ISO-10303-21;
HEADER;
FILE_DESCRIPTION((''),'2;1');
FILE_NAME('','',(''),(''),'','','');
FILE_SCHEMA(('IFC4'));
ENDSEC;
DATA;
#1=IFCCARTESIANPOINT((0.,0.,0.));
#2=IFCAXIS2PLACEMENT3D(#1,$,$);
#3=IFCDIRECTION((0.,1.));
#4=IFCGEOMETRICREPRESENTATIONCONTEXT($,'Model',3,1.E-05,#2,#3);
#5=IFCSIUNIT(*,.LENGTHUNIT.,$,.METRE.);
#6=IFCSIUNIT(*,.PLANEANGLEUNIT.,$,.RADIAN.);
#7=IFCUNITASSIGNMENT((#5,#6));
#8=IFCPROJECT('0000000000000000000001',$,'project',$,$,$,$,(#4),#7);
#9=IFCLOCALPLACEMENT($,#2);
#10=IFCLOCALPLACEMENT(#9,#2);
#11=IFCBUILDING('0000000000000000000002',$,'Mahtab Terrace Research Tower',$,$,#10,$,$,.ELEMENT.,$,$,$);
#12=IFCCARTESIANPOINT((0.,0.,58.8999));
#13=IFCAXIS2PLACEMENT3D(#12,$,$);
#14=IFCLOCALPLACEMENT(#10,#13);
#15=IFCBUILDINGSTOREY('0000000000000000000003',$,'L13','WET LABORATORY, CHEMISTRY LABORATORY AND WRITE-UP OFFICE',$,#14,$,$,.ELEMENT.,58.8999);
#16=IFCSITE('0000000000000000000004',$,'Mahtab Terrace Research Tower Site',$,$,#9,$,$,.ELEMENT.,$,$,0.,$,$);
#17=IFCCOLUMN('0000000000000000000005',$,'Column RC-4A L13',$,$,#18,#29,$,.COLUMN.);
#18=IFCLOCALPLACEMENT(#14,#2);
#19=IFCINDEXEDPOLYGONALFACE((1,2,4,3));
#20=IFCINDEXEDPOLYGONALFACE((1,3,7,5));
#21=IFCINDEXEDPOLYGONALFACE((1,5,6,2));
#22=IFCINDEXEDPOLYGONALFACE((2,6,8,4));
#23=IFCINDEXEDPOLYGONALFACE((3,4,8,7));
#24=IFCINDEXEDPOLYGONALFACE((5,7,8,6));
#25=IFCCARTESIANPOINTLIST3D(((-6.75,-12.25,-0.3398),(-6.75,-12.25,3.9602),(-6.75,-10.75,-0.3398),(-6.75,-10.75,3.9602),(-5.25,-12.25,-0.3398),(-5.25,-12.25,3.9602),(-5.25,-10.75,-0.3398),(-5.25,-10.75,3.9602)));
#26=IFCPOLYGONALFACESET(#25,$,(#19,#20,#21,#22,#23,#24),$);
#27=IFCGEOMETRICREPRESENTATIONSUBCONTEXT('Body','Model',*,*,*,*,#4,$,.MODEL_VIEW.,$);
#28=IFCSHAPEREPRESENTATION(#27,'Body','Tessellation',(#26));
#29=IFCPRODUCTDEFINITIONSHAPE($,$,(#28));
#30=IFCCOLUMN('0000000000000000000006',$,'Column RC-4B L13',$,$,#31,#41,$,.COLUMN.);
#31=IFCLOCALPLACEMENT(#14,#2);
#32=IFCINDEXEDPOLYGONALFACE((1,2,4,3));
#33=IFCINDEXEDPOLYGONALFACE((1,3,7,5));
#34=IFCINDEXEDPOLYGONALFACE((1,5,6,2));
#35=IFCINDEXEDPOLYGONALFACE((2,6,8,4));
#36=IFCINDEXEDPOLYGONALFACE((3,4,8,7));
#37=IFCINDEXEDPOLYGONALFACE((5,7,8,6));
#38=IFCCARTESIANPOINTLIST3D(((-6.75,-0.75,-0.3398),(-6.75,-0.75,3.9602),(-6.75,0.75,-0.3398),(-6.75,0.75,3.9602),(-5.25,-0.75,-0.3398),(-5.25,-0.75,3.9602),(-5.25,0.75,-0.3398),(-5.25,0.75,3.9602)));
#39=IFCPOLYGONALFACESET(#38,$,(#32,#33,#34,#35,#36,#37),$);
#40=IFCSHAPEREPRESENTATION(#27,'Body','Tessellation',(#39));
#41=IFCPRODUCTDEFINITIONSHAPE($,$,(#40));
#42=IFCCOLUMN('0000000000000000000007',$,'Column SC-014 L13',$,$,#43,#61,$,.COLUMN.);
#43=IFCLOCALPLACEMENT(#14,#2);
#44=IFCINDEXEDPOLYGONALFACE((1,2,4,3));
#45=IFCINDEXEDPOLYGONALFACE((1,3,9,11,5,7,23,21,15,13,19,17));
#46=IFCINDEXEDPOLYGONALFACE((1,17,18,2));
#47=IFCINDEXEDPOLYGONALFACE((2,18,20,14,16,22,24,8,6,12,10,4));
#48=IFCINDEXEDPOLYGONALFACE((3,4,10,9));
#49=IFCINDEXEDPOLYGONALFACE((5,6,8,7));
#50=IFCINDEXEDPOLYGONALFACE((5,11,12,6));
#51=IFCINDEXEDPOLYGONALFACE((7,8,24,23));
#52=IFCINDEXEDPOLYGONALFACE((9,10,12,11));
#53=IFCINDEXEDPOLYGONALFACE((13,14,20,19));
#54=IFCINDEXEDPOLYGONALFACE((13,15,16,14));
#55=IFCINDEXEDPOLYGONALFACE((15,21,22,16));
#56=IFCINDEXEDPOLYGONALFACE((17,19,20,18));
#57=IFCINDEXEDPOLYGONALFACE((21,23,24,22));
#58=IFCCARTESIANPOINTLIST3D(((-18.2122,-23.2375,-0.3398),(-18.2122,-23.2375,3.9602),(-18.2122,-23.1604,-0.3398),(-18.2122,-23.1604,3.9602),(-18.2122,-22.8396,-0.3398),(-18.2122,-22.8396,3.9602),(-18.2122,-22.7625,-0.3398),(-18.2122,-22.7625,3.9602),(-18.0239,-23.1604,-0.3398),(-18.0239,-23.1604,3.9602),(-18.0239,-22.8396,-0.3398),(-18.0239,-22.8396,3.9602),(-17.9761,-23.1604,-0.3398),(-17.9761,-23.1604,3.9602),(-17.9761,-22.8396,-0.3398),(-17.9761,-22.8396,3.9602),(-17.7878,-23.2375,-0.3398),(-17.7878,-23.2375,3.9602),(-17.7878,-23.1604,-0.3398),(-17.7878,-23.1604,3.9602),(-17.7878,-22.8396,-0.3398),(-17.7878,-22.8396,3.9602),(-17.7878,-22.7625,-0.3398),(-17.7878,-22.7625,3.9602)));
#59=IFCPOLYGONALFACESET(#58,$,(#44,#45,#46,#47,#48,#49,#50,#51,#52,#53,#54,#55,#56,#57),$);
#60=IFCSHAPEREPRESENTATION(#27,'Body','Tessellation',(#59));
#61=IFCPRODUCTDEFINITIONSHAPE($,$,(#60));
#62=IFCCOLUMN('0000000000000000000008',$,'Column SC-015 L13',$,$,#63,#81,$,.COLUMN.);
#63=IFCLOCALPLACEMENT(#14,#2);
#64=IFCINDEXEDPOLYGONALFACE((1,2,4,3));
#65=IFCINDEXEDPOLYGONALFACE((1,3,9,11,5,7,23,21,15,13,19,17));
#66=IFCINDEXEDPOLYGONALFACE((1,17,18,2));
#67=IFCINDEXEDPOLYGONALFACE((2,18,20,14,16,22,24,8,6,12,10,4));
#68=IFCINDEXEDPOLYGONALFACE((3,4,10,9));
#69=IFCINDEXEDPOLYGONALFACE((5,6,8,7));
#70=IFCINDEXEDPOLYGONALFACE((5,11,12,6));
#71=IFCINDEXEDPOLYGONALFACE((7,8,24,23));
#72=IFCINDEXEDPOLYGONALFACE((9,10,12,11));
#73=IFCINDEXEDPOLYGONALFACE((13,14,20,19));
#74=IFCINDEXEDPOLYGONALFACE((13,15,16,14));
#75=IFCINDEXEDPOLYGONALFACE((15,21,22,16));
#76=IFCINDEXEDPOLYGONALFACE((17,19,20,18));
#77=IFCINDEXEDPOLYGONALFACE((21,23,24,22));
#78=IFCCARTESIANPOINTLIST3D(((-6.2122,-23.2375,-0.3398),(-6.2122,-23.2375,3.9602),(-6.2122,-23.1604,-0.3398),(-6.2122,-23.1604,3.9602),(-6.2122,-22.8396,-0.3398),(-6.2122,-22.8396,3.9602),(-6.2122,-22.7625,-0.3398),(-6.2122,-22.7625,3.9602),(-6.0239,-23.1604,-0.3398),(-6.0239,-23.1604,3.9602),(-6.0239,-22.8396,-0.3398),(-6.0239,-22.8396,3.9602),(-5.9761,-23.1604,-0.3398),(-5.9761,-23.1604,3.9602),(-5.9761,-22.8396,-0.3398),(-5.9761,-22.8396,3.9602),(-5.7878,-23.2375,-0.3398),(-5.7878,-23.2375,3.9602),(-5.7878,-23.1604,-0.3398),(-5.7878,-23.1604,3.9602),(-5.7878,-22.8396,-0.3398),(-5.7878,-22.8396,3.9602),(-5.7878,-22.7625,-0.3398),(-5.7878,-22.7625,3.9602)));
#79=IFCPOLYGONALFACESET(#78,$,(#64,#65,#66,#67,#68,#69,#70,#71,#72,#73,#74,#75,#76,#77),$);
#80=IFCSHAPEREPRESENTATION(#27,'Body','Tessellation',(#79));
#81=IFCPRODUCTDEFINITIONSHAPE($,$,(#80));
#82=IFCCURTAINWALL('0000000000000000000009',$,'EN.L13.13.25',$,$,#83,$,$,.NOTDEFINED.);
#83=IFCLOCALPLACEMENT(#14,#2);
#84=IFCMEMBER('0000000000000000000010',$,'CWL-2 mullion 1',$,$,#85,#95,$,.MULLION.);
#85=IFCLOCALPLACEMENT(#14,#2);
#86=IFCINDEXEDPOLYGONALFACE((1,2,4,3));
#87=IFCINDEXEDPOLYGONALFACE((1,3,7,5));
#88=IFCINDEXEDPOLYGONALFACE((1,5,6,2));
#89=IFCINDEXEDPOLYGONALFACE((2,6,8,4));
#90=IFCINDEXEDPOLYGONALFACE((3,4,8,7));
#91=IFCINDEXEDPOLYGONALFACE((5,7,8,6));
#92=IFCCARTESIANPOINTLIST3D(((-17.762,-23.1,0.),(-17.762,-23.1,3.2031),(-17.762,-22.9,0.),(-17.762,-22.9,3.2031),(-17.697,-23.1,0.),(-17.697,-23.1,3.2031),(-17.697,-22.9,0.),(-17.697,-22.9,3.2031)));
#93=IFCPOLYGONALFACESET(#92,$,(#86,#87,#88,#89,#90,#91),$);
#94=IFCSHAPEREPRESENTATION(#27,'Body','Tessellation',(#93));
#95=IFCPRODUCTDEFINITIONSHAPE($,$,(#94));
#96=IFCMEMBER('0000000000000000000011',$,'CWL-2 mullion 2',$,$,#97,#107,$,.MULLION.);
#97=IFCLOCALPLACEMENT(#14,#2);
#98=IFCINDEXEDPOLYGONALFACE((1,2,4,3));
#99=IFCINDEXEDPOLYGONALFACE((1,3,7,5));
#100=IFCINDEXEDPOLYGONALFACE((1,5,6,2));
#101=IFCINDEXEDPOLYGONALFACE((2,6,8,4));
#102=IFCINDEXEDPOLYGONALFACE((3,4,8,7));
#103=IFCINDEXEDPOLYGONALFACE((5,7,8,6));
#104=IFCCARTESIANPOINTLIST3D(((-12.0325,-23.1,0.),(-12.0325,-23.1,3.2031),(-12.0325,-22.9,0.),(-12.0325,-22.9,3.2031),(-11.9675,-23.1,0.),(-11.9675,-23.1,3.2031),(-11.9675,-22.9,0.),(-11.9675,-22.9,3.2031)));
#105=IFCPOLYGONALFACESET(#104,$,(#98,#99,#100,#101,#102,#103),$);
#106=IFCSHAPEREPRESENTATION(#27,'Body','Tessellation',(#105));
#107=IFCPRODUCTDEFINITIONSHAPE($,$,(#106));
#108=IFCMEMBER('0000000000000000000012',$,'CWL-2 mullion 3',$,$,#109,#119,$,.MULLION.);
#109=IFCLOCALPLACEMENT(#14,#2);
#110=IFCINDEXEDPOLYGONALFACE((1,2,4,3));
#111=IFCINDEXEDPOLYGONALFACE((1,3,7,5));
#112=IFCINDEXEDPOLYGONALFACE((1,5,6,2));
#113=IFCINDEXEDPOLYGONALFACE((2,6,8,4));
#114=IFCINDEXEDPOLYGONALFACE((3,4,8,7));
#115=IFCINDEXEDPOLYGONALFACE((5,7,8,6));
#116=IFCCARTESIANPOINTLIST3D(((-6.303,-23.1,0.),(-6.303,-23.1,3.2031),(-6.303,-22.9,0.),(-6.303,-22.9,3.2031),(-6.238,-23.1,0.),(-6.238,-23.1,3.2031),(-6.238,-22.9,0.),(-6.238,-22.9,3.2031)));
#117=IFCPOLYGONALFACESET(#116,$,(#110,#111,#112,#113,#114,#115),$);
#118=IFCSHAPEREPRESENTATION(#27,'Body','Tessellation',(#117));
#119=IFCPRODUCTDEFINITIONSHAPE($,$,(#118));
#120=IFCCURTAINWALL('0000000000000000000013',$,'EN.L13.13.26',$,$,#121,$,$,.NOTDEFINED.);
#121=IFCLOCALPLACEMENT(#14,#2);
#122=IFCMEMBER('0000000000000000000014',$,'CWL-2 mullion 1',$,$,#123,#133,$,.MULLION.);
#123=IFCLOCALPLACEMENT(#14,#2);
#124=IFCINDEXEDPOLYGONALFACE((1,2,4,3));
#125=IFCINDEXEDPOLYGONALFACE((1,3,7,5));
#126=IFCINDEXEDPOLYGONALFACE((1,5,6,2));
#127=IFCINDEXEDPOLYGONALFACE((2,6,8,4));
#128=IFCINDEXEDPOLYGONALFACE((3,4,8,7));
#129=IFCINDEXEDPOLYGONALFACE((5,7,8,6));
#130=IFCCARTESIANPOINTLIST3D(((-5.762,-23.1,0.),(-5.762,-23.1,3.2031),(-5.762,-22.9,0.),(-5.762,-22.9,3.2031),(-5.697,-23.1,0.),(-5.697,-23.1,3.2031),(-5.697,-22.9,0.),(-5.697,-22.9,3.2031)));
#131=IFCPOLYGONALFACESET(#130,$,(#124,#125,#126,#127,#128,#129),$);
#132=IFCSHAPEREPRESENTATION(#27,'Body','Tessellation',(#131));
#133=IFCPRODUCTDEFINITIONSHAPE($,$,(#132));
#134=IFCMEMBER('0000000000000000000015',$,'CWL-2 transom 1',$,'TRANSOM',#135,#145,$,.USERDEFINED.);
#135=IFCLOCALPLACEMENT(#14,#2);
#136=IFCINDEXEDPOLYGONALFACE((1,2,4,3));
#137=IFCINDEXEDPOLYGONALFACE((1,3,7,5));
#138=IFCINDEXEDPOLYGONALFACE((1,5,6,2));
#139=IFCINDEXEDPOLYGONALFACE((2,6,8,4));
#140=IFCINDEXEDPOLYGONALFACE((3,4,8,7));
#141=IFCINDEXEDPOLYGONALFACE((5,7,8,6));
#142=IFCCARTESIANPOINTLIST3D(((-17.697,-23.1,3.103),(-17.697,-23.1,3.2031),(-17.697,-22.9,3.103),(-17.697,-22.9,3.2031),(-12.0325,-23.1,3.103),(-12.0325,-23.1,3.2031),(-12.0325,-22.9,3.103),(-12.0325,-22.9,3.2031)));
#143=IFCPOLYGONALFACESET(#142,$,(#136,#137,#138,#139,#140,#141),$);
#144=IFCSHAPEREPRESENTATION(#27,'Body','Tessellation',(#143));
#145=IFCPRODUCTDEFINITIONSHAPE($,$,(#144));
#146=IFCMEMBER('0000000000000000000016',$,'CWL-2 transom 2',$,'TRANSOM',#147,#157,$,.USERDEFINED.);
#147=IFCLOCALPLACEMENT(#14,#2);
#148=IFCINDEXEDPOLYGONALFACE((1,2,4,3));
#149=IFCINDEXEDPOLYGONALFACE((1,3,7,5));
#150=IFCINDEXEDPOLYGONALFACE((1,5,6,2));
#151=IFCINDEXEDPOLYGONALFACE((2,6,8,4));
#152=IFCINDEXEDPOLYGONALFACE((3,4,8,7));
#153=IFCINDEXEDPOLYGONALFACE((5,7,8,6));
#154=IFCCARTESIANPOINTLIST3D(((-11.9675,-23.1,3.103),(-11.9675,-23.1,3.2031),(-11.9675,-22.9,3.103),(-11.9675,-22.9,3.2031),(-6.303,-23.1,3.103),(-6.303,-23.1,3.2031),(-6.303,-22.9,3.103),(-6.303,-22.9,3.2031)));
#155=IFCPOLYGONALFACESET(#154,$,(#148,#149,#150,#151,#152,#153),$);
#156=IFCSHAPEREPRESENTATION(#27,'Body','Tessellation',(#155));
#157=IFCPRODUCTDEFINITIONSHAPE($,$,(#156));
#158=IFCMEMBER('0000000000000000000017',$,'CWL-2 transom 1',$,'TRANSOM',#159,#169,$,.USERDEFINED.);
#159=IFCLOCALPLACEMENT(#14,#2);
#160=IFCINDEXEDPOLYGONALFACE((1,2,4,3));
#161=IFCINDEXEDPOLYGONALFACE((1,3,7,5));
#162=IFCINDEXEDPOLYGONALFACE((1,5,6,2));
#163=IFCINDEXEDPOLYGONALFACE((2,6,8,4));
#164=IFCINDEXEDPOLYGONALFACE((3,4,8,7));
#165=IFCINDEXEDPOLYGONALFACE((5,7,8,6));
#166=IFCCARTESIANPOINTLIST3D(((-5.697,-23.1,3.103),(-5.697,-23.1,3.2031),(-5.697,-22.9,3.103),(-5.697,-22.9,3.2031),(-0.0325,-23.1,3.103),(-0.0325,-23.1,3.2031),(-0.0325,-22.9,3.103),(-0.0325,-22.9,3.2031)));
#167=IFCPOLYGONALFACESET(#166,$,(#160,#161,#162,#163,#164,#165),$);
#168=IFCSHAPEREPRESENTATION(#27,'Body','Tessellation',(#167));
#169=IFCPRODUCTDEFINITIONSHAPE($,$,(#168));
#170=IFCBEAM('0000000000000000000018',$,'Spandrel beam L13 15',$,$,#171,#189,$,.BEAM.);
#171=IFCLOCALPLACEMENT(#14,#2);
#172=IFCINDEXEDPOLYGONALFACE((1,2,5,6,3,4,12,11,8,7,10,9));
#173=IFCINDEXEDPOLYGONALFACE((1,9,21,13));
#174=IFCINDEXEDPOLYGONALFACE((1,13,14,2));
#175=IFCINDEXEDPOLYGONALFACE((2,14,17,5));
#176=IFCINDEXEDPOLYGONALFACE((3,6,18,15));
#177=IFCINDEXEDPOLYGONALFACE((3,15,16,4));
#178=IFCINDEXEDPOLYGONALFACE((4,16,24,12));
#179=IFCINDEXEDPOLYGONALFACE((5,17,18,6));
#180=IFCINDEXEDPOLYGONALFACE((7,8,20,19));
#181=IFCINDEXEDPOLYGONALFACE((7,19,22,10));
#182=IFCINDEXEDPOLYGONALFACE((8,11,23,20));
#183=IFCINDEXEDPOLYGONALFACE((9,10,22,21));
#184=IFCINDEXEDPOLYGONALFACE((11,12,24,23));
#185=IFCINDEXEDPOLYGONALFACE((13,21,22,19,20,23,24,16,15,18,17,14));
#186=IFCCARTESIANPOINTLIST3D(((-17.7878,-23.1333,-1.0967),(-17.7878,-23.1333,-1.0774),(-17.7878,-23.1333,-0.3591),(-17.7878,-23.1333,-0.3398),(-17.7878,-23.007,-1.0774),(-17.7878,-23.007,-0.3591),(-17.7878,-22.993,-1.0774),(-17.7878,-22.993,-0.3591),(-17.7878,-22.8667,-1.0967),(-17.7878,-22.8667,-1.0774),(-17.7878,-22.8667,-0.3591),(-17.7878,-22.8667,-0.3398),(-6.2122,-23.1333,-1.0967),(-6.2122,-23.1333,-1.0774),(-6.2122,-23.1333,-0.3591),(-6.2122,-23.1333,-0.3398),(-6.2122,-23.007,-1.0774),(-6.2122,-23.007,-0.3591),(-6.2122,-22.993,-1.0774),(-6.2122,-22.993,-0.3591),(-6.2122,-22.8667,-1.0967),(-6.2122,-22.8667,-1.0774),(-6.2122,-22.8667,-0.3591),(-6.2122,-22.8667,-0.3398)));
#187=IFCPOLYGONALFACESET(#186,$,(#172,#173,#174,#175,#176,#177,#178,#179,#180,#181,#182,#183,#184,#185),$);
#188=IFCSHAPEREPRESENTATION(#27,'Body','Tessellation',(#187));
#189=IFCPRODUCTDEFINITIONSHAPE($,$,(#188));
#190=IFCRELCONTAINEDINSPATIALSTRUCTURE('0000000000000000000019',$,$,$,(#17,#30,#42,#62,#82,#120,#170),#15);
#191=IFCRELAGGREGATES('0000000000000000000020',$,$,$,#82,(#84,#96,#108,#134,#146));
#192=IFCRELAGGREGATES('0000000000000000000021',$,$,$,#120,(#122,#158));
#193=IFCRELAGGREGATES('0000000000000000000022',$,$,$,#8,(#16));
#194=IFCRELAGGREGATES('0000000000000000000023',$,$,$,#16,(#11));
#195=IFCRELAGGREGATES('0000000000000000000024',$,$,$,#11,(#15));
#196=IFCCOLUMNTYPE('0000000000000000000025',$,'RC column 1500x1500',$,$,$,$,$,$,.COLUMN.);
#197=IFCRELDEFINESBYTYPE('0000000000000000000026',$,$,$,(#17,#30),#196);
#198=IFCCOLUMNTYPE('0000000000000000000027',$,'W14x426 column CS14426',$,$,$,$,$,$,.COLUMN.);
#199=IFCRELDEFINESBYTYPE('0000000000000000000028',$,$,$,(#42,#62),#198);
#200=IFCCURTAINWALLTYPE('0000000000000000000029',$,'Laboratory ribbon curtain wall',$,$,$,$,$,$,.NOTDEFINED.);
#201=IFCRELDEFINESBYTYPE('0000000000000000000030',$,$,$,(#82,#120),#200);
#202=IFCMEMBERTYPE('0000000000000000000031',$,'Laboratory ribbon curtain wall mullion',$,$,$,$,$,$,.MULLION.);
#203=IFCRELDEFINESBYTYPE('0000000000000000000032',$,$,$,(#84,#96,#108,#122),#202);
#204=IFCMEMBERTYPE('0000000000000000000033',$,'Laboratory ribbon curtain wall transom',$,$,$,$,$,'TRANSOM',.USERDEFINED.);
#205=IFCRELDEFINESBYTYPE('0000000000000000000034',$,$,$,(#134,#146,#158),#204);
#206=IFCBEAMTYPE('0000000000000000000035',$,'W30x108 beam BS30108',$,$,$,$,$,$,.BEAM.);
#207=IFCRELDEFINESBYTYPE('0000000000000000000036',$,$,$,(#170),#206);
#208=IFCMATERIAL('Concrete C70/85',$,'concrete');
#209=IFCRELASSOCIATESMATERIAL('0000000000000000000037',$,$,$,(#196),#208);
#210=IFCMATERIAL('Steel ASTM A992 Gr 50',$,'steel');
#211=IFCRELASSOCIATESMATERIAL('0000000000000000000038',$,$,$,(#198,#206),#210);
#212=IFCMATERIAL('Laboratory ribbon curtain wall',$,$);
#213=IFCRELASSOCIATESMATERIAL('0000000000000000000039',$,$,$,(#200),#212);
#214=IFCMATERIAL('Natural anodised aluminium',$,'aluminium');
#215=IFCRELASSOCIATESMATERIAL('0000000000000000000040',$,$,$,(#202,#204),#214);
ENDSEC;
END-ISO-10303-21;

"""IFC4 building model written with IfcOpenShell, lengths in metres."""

from ifc_helpers import new_model, si_unit, direction, frame, origin, origin_2d, place, context, subcontext, project, spatial, rectangle, i_section, extrude, material, material_profile, profile_set, type_object, element, aggregate, save


model = new_model("IFC4")

# Units and contexts
model_context = context("Model", 3, precision=1e-05, world=origin(), true_north=direction((0.0, 1.0)))
body_context = subcontext(model_context, "Body", "Model", "MODEL_VIEW")
ifc_project = project(units=[si_unit("LENGTHUNIT", "METRE"), si_unit("PLANEANGLEUNIT", "RADIAN")], contexts=[model_context])

# Site, building, storey
site_placement = place(None, origin())
site = spatial("IfcSite", under=ifc_project, at=site_placement, Name="Mahtab Terrace Research Tower Site", CompositionType="ELEMENT", RefElevation=0.0)
building_placement = place(site_placement, origin())
building = spatial("IfcBuilding", under=site, at=building_placement, Name="Mahtab Terrace Research Tower", CompositionType="ELEMENT")
storey_placement = place(building_placement, frame((0.0, 0.0, 58.8999)))
storey = spatial("IfcBuildingStorey", under=building, at=storey_placement, Name="L13", Description="WET LABORATORY, CHEMISTRY LABORATORY AND WRITE-UP OFFICE", CompositionType="ELEMENT", Elevation=58.8999)

# Columns
ifc_material_1 = material(Name="Concrete C70/85", Category="concrete")
ifc_material_profile_1 = material_profile(ifc_material_1, rectangle(XDim=1.5, YDim=1.5, at=origin_2d()), Name="RC column 1500x1500")
ifc_profile_set_1 = profile_set([ifc_material_profile_1], Name="Concrete C70/85")
column_type_1 = type_object("IfcColumnType", Name="RC column 1500x1500", PredefinedType="COLUMN", material=ifc_profile_set_1)
for number, where, z_axis, x_axis, name in (
    (1, (-6.0, -11.5, -0.3398), (0.0, 0.0, 1.0), (1.0, 0.0, 0.0), "Column RC-4A L13"),
    (2, (-6.0, 0.0, -0.3398), (0.0, 0.0, 1.0), (1.0, 0.0, 0.0), "Column RC-4B L13"),
):
    element("IfcColumn", number, at=place(storey_placement, frame(where, z_axis=z_axis, x_axis=x_axis)), inside=storey, type_object=column_type_1, Name=name, PredefinedType="COLUMN", context=body_context, shape_type="SweptSolid", body=[
        extrude(rectangle(XDim=1.5, YDim=1.5, at=origin_2d()), origin(), (0.0, 0.0, 1.0), 4.3),
    ])
ifc_material_2 = material(Name="Steel ASTM A992 Gr 50", Category="steel")
ifc_material_profile_2 = material_profile(ifc_material_2, i_section(OverallWidth=0.4243, OverallDepth=0.4751, WebThickness=0.0479, FlangeThickness=0.0771, at=origin_2d()), Name="W14X426")
ifc_profile_set_2 = profile_set([ifc_material_profile_2], Name="Steel ASTM A992 Gr 50")
column_type_2 = type_object("IfcColumnType", Name="W14x426 column CS14426", PredefinedType="COLUMN", material=ifc_profile_set_2)
for number, where, z_axis, x_axis, name in (
    (3, (-18.0, -23.0, -0.3398), (0.0, 0.0, 1.0), (1.0, 0.0, 0.0), "Column SC-014 L13"),
    (4, (-6.0, -23.0, -0.3398), (0.0, 0.0, 1.0), (1.0, 0.0, 0.0), "Column SC-015 L13"),
):
    element("IfcColumn", number, at=place(storey_placement, frame(where, z_axis=z_axis, x_axis=x_axis)), inside=storey, type_object=column_type_2, Name=name, PredefinedType="COLUMN", context=body_context, shape_type="SweptSolid", body=[
        extrude(i_section(OverallWidth=0.4243, OverallDepth=0.4751, WebThickness=0.0479, FlangeThickness=0.0771, at=origin_2d()), origin(), (0.0, 0.0, 1.0), 4.3),
    ])

# Curtain wall, members
ifc_material_3 = material(Name="Laboratory ribbon curtain wall")
curtain_wall_type = type_object("IfcCurtainWallType", Name="Laboratory ribbon curtain wall", PredefinedType="NOTDEFINED", material=ifc_material_3)
curtain_wall_1_placement = place(storey_placement, origin())
curtain_wall_1 = element("IfcCurtainWall", 5, at=curtain_wall_1_placement, inside=storey, type_object=curtain_wall_type, Name="EN.L13.13.25", PredefinedType="NOTDEFINED")
ifc_material_4 = material(Name="Natural anodised aluminium", Category="aluminium")
ifc_material_profile_3 = material_profile(ifc_material_4, rectangle(XDim=0.2, YDim=0.0649, at=origin_2d()), Name="MULLION 65x200")
ifc_profile_set_3 = profile_set([ifc_material_profile_3], Name="Natural anodised aluminium")
member_type_1 = type_object("IfcMemberType", Name="Laboratory ribbon curtain wall mullion", PredefinedType="MULLION", material=ifc_profile_set_3)
member_1_placement = place(storey_placement, frame((-17.7295, -23.0, 0.0), z_axis=(0.0, 0.0, 1.0), x_axis=(0.0, 1.0, 0.0)))
member_1 = element("IfcMember", 6, at=member_1_placement, type_object=member_type_1, Name="CWL-2 mullion 1", PredefinedType="MULLION", context=body_context, shape_type="SweptSolid", body=[
    extrude(rectangle(XDim=0.2, YDim=0.0649, at=origin_2d()), origin(), (0.0, 0.0, 1.0), 3.2031),
])
member_2_placement = place(storey_placement, frame((-12.0, -23.0, 0.0), z_axis=(0.0, 0.0, 1.0), x_axis=(0.0, 1.0, 0.0)))
member_2 = element("IfcMember", 7, at=member_2_placement, type_object=member_type_1, Name="CWL-2 mullion 2", PredefinedType="MULLION", context=body_context, shape_type="SweptSolid", body=[
    extrude(rectangle(XDim=0.2, YDim=0.0649, at=origin_2d()), origin(), (0.0, 0.0, 1.0), 3.2031),
])
member_3_placement = place(storey_placement, frame((-6.2705, -23.0, 0.0), z_axis=(0.0, 0.0, 1.0), x_axis=(0.0, 1.0, 0.0)))
member_3 = element("IfcMember", 8, at=member_3_placement, type_object=member_type_1, Name="CWL-2 mullion 3", PredefinedType="MULLION", context=body_context, shape_type="SweptSolid", body=[
    extrude(rectangle(XDim=0.2, YDim=0.0649, at=origin_2d()), origin(), (0.0, 0.0, 1.0), 3.2031),
])

# Curtain wall, member
curtain_wall_2_placement = place(storey_placement, origin())
curtain_wall_2 = element("IfcCurtainWall", 9, at=curtain_wall_2_placement, inside=storey, type_object=curtain_wall_type, Name="EN.L13.13.26", PredefinedType="NOTDEFINED")
member_4_placement = place(storey_placement, frame((-5.7295, -23.0, 0.0), z_axis=(0.0, 0.0, 1.0), x_axis=(0.0, 1.0, 0.0)))
member_4 = element("IfcMember", 10, at=member_4_placement, type_object=member_type_1, Name="CWL-2 mullion 1", PredefinedType="MULLION", context=body_context, shape_type="SweptSolid", body=[
    extrude(rectangle(XDim=0.2, YDim=0.0649, at=origin_2d()), origin(), (0.0, 0.0, 1.0), 3.2031),
])

# Members
ifc_material_profile_4 = material_profile(ifc_material_4, rectangle(XDim=0.2, YDim=0.1001, at=origin_2d()), Name="TRANSOM 100x200")
ifc_profile_set_4 = profile_set([ifc_material_profile_4], Name="Natural anodised aluminium")
member_type_2 = type_object("IfcMemberType", Name="Laboratory ribbon curtain wall transom", ElementType="TRANSOM", PredefinedType="USERDEFINED", material=ifc_profile_set_4)
member_5_placement = place(storey_placement, frame((-17.697, -23.0, 3.1531), z_axis=(1.0, 0.0, 0.0), x_axis=(0.0, 1.0, 0.0)))
member_5 = element("IfcMember", 11, at=member_5_placement, type_object=member_type_2, Name="CWL-2 transom 1", ObjectType="TRANSOM", PredefinedType="USERDEFINED", context=body_context, shape_type="SweptSolid", body=[
    extrude(rectangle(XDim=0.2, YDim=0.1001, at=origin_2d()), origin(), (0.0, 0.0, 1.0), 5.6646),
])
member_6_placement = place(storey_placement, frame((-11.9675, -23.0, 3.1531), z_axis=(1.0, 0.0, 0.0), x_axis=(0.0, 1.0, 0.0)))
member_6 = element("IfcMember", 12, at=member_6_placement, type_object=member_type_2, Name="CWL-2 transom 2", ObjectType="TRANSOM", PredefinedType="USERDEFINED", context=body_context, shape_type="SweptSolid", body=[
    extrude(rectangle(XDim=0.2, YDim=0.1001, at=origin_2d()), origin(), (0.0, 0.0, 1.0), 5.6646),
])
member_7_placement = place(storey_placement, frame((-5.697, -23.0, 3.1531), z_axis=(1.0, 0.0, 0.0), x_axis=(0.0, 1.0, 0.0)))
member_7 = element("IfcMember", 13, at=member_7_placement, type_object=member_type_2, Name="CWL-2 transom 1", ObjectType="TRANSOM", PredefinedType="USERDEFINED", context=body_context, shape_type="SweptSolid", body=[
    extrude(rectangle(XDim=0.2, YDim=0.1001, at=origin_2d()), origin(), (0.0, 0.0, 1.0), 5.6646),
])

# Beam
ifc_material_profile_5 = material_profile(ifc_material_2, i_section(OverallWidth=0.2666, OverallDepth=0.7568, WebThickness=0.0139, FlangeThickness=0.0193, at=origin_2d()), Name="W30X108")
ifc_profile_set_5 = profile_set([ifc_material_profile_5], Name="Steel ASTM A992 Gr 50")
beam_type = type_object("IfcBeamType", Name="W30x108 beam BS30108", PredefinedType="BEAM", material=ifc_profile_set_5)
for number, where, z_axis, x_axis, name in (
    (14, (-17.7878, -23.0, -0.7183), (1.0, 0.0, 0.0), (0.0, 1.0, 0.0), "Spandrel beam L13 15"),
):
    element("IfcBeam", number, at=place(storey_placement, frame(where, z_axis=z_axis, x_axis=x_axis)), inside=storey, type_object=beam_type, Name=name, PredefinedType="BEAM", context=body_context, shape_type="SweptSolid", body=[
        extrude(i_section(OverallWidth=0.2666, OverallDepth=0.7568, WebThickness=0.0139, FlangeThickness=0.0193, at=origin_2d()), origin(), (0.0, 0.0, 1.0), 11.5757),
    ])

aggregate(curtain_wall_1, [member_1, member_2, member_3, member_5, member_6])
aggregate(curtain_wall_2, [member_4, member_7])

save(model, "model.ifc")
